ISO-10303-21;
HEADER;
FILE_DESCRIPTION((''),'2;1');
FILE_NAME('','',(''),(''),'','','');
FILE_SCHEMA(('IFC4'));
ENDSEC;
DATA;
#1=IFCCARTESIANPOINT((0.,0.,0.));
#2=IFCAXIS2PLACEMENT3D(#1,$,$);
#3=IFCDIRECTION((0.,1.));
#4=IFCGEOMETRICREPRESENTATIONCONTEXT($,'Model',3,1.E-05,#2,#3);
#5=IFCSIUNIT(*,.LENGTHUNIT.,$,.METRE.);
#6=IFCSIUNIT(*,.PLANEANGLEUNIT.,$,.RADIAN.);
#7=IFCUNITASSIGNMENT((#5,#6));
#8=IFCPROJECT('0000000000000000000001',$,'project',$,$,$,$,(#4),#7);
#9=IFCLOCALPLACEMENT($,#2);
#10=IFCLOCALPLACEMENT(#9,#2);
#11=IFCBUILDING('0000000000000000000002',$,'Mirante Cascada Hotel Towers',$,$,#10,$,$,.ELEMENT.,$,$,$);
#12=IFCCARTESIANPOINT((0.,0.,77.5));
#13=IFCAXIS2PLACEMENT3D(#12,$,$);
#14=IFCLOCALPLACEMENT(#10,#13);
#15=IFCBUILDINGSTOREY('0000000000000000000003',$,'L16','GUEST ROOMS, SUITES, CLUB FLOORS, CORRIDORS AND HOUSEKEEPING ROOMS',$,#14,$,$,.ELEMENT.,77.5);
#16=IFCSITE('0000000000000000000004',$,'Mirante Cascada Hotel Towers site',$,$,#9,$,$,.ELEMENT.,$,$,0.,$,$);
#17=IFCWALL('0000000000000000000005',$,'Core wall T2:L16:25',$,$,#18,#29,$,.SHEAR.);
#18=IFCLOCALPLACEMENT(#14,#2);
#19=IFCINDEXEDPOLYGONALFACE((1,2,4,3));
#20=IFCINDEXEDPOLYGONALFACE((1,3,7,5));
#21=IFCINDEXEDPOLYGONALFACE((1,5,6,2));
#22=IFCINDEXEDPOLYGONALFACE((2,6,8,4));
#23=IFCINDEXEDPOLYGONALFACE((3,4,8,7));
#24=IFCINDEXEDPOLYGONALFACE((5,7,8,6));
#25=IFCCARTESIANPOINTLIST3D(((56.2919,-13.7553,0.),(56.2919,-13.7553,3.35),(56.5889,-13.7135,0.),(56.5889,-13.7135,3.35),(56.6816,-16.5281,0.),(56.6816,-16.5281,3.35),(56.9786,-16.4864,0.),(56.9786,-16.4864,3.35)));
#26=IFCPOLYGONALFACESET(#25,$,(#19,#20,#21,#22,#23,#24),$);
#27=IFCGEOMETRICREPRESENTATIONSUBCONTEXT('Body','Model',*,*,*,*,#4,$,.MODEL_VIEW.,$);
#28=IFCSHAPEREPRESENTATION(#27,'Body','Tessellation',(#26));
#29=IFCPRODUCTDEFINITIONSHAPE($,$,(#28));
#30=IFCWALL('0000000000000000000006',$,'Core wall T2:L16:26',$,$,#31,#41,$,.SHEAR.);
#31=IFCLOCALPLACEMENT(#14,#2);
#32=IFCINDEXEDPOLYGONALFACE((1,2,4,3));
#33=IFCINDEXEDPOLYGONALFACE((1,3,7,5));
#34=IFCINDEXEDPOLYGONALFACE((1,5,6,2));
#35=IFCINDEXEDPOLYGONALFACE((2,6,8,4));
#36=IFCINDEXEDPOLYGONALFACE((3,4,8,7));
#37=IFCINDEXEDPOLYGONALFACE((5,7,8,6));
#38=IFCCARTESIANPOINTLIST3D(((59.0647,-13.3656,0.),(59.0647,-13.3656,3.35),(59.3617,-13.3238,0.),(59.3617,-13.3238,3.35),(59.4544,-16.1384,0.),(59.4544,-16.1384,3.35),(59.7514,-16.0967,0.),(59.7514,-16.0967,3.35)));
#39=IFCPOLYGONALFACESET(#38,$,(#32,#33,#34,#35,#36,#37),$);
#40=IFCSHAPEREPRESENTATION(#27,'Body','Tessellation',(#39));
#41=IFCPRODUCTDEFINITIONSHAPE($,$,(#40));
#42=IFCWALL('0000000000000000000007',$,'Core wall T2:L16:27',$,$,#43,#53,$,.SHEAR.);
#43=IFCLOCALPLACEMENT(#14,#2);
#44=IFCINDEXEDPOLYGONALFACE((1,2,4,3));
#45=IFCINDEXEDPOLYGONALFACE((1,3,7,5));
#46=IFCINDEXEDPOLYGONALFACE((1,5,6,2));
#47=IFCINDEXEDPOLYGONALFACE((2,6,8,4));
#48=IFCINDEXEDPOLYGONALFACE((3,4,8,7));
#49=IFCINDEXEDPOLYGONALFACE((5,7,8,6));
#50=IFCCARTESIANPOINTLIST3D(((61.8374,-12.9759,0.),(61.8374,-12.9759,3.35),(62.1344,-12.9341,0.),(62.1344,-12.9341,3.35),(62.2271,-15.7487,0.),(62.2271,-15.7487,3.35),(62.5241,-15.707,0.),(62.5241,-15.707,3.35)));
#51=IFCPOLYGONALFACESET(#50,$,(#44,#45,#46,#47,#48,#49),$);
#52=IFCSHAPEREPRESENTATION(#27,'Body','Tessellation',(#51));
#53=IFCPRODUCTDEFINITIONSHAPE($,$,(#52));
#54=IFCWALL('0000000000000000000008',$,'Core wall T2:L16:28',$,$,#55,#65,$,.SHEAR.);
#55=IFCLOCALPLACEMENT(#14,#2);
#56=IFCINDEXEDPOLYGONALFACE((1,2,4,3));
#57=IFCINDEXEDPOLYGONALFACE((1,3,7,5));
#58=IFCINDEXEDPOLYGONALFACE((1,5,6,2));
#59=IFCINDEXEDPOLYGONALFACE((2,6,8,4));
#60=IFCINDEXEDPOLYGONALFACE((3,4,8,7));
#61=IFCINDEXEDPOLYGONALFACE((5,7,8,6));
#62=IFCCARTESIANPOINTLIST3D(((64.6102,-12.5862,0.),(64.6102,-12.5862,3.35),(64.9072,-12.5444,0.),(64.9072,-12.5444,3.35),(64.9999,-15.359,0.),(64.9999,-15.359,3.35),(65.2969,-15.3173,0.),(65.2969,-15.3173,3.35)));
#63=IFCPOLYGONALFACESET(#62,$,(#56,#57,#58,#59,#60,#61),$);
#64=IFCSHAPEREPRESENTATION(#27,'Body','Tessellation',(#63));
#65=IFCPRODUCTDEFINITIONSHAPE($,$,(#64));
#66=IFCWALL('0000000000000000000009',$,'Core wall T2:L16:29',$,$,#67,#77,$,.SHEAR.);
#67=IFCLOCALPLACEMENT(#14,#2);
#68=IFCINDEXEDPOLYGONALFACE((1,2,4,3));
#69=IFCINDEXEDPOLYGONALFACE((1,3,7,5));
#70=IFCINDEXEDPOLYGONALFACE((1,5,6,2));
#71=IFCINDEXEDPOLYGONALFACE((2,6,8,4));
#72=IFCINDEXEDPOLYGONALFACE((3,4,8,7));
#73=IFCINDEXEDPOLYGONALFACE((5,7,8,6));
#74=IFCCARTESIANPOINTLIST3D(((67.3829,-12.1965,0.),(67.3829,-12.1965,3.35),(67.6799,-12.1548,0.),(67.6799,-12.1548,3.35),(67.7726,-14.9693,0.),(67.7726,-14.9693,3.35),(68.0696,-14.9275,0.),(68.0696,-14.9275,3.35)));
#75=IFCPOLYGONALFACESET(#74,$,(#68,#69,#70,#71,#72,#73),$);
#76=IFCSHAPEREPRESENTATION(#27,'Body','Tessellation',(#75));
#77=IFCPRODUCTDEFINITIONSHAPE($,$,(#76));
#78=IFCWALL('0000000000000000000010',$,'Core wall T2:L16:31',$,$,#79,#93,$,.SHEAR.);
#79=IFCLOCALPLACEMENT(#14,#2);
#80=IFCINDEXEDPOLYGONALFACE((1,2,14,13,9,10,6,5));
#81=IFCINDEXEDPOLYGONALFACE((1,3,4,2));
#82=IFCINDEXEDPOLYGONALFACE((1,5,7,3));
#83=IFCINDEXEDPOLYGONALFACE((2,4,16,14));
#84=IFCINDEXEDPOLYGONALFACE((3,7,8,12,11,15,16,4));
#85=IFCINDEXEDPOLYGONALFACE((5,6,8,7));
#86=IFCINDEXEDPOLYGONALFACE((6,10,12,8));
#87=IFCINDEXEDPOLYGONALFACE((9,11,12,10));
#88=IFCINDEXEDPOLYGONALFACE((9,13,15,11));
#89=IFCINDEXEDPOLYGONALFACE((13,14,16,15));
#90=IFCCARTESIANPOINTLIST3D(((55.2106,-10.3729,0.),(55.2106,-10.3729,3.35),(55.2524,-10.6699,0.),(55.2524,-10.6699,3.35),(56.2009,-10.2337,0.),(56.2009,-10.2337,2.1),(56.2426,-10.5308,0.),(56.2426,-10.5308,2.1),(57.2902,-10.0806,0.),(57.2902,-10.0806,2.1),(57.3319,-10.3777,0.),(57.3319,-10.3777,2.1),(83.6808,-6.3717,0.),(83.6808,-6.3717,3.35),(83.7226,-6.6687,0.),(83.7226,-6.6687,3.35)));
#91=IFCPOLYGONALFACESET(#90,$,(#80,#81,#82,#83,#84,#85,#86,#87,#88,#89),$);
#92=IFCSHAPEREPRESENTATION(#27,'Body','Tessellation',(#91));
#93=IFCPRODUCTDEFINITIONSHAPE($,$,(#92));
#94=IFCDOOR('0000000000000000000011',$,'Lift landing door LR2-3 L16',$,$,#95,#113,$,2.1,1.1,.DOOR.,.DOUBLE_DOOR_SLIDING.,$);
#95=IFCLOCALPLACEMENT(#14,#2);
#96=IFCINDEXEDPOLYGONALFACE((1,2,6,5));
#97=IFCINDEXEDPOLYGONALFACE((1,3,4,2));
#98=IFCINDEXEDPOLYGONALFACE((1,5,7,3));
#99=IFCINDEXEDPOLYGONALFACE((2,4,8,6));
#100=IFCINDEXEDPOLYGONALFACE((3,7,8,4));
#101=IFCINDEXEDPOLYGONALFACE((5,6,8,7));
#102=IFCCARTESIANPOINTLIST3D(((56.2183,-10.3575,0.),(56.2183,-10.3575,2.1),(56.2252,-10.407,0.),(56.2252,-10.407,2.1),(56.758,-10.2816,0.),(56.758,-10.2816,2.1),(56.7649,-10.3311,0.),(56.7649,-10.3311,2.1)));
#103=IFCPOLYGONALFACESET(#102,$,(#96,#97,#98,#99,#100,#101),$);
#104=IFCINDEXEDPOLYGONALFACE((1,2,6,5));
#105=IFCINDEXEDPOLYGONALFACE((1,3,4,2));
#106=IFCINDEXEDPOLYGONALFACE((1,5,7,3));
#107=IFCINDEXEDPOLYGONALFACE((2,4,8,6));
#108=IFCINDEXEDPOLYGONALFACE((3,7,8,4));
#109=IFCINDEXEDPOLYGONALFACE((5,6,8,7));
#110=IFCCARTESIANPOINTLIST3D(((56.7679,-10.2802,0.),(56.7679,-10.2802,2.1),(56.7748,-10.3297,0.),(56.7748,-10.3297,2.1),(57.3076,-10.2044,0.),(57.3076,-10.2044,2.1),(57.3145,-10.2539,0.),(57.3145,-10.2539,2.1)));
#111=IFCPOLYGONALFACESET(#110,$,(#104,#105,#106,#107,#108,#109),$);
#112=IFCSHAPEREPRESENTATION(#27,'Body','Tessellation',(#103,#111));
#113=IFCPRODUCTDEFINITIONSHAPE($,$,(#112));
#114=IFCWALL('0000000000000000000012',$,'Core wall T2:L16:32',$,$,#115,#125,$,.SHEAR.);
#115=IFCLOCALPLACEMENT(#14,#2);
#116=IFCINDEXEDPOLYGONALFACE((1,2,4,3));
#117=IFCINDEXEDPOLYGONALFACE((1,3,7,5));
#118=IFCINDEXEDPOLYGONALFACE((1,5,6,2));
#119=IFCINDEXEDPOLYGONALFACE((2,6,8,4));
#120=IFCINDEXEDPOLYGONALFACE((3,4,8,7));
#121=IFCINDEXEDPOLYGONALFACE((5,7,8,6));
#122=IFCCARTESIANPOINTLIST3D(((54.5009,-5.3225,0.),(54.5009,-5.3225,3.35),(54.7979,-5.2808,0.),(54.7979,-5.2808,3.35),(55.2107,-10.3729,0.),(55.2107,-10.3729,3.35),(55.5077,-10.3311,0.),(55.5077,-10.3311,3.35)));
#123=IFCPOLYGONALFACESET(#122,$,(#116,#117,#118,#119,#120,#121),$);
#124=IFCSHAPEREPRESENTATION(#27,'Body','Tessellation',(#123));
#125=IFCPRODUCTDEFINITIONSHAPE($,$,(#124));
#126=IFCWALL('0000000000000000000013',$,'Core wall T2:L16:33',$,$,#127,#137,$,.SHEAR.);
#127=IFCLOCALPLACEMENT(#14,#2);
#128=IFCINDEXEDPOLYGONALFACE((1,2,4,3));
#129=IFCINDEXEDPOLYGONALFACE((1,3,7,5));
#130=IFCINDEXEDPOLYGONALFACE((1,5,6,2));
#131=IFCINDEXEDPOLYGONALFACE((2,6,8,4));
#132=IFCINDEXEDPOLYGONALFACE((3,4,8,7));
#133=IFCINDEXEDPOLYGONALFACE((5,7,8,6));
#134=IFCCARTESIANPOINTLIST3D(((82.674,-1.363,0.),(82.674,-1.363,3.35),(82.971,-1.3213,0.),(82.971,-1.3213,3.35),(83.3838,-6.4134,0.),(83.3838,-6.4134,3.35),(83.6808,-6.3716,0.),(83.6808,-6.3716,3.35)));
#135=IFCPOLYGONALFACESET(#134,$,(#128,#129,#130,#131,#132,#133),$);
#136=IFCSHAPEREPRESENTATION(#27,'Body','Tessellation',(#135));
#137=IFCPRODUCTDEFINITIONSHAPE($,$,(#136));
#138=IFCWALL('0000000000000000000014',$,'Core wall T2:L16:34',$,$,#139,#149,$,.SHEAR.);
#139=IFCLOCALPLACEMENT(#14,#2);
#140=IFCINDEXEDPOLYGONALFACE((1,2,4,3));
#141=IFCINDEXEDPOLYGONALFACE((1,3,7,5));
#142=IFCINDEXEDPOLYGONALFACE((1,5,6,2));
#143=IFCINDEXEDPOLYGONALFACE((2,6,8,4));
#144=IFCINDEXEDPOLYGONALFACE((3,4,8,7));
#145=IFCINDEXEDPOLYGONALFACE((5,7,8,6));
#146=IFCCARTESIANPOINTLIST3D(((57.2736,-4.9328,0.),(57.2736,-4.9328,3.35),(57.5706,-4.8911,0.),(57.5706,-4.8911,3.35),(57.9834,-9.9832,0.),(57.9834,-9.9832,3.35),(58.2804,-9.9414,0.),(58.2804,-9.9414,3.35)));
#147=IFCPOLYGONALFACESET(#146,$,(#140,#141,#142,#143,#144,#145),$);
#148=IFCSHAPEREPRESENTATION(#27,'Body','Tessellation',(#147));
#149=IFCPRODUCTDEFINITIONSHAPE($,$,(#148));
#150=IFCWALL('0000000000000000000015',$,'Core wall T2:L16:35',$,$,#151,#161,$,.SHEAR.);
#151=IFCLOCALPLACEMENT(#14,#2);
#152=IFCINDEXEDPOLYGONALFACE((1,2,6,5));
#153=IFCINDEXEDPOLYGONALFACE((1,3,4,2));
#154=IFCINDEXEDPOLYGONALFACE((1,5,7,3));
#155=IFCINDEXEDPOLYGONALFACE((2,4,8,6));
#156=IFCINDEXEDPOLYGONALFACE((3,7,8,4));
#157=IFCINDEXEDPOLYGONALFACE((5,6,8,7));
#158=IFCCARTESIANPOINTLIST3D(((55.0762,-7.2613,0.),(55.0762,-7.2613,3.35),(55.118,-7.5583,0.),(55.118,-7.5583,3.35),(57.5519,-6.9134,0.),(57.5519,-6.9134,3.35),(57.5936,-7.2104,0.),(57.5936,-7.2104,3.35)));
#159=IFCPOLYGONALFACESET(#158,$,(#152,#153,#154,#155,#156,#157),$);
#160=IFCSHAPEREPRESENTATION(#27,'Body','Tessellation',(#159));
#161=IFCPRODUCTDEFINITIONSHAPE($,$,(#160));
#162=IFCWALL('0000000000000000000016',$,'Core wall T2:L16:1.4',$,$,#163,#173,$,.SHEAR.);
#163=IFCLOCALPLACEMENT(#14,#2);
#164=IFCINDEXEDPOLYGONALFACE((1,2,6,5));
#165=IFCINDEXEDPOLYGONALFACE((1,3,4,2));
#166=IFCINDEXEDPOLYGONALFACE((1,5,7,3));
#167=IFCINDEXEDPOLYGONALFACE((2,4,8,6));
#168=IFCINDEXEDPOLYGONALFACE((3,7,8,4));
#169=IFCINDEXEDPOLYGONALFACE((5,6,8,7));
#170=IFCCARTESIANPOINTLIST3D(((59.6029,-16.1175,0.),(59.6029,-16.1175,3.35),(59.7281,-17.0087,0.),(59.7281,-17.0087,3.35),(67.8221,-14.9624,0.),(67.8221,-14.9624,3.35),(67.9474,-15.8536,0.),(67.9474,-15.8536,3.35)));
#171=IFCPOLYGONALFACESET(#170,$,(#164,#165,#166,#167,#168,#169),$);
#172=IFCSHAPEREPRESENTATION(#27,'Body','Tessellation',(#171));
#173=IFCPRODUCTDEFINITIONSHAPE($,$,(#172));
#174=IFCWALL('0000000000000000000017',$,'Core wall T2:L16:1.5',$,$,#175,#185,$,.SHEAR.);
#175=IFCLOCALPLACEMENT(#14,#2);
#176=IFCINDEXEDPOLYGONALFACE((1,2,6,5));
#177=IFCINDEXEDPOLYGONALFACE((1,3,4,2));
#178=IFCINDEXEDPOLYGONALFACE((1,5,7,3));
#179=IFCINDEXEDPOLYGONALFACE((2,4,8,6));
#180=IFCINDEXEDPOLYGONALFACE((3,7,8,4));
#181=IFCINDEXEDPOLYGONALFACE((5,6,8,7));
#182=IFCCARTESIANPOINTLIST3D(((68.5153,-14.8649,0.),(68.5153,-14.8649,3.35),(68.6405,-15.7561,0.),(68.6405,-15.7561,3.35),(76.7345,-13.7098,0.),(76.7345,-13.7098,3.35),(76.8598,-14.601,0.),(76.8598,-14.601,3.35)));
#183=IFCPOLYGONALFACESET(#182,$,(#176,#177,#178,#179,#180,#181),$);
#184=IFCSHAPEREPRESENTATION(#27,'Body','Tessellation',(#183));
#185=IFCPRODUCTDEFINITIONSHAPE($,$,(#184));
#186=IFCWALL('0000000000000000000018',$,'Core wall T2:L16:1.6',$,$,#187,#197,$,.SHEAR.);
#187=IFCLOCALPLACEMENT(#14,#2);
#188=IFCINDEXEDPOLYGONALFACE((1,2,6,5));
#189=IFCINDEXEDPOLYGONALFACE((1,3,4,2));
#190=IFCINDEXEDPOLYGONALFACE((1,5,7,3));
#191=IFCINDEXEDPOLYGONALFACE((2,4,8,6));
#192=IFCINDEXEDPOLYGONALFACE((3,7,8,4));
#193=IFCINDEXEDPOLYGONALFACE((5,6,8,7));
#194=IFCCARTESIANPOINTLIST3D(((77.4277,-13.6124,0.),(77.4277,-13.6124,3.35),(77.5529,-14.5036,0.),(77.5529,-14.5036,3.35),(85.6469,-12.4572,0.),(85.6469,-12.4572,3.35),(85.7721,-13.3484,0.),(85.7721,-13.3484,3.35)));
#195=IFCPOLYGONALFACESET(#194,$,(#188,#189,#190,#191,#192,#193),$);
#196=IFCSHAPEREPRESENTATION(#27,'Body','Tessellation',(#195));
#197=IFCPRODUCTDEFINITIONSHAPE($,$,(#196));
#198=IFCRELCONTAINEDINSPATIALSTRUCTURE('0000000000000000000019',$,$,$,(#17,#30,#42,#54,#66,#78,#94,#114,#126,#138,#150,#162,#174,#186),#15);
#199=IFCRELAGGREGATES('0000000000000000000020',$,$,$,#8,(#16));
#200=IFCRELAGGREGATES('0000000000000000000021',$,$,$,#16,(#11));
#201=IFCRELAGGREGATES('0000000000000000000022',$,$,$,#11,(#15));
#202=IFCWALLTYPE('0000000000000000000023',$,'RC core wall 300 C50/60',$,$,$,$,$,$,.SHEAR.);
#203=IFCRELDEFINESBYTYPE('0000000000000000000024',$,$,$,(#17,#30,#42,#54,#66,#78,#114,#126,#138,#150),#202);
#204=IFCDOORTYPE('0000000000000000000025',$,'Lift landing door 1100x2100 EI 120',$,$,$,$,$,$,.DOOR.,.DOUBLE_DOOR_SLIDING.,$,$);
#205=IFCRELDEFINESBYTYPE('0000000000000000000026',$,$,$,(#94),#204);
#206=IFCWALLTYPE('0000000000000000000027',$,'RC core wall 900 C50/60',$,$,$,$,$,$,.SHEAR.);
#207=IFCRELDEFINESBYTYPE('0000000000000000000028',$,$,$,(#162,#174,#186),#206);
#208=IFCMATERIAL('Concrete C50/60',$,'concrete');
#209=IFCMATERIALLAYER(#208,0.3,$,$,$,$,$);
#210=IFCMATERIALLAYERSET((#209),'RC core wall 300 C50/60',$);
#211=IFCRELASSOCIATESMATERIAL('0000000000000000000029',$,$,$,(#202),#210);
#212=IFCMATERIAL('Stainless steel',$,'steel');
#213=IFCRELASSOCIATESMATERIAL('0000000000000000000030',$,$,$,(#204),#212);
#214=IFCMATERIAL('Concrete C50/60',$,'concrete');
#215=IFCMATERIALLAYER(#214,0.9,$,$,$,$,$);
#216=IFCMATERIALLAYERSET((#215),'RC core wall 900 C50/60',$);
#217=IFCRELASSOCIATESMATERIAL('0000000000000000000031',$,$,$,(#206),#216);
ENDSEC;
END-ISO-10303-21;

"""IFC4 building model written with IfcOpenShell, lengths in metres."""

from ifc_helpers import new_model, si_unit, direction, frame, frame_2d, origin, place, context, subcontext, project, spatial, rectangle, extrude, material, layer, layer_set, type_object, element, fill, save


model = new_model("IFC4")

# Units and contexts
model_context = context("Model", 3, precision=1e-05, world=origin(), true_north=direction((0.0, 1.0)))
body_context = subcontext(model_context, "Body", "Model", "MODEL_VIEW")
ifc_project = project(units=[si_unit("LENGTHUNIT", "METRE"), si_unit("PLANEANGLEUNIT", "RADIAN")], contexts=[model_context])

# Site, building, storey
site_placement = place(None, origin())
site = spatial("IfcSite", under=ifc_project, at=site_placement, Name="Mirante Cascada Hotel Towers site", CompositionType="ELEMENT", RefElevation=0.0)
building_placement = place(site_placement, origin())
building = spatial("IfcBuilding", under=site, at=building_placement, Name="Mirante Cascada Hotel Towers", CompositionType="ELEMENT")
storey_placement = place(building_placement, frame((0.0, 0.0, 77.5)))
storey = spatial("IfcBuildingStorey", under=building, at=storey_placement, Name="L16", Description="GUEST ROOMS, SUITES, CLUB FLOORS, CORRIDORS AND HOUSEKEEPING ROOMS", CompositionType="ELEMENT", Elevation=77.5)

# Shared definitions
ifc_material_1 = material(Name="Concrete C50/60", Category="concrete")
ifc_layer_1 = layer(ifc_material_1, 0.3)
ifc_layer_set_1 = layer_set([ifc_layer_1], Name="RC core wall 300 C50/60")
wall_type_1 = type_object("IfcWallType", Name="RC core wall 300 C50/60", PredefinedType="SHEAR", material=ifc_layer_set_1)

# Walls
for number, where, z_axis, x_axis, name in (
    (1, (56.8301, -16.5072, 0.0), (0.0, 0.0, 1.0), (-0.139176, 0.990268, 0.0), "Core wall T2:L16:25"),
    (2, (59.6029, -16.1175, 0.0), (0.0, 0.0, 1.0), (-0.139176, 0.990268, 0.0), "Core wall T2:L16:26"),
    (3, (62.3756, -15.7278, 0.0), (0.0, 0.0, 1.0), (-0.139176, 0.990268, 0.0), "Core wall T2:L16:27"),
    (4, (65.1484, -15.3381, 0.0), (0.0, 0.0, 1.0), (-0.139176, 0.990268, 0.0), "Core wall T2:L16:28"),
):
    element("IfcWall", number, at=place(storey_placement, frame(where, z_axis=z_axis, x_axis=x_axis)), inside=storey, type_object=wall_type_1, Name=name, PredefinedType="SHEAR", context=body_context, shape_type="SweptSolid", body=[
        extrude(rectangle(XDim=2.8001, YDim=0.3, at=frame_2d((1.4, 0.0))), origin(), (0.0, 0.0, 1.0), 3.35),
    ])
wall_1_placement = place(storey_placement, frame((67.9211, -14.9484, 0.0), z_axis=(0.0, 0.0, 1.0), x_axis=(-0.139181, 0.990267, 0.0)))
element("IfcWall", 5, at=wall_1_placement, inside=storey, type_object=wall_type_1, Name="Core wall T2:L16:29", PredefinedType="SHEAR", context=body_context, shape_type="SweptSolid", body=[
    extrude(rectangle(XDim=2.8, YDim=0.3, at=frame_2d((1.4, 0.0))), origin(), (0.0, 0.0, 1.0), 3.35),
])

# Wall, opening, door
wall_2_placement = place(storey_placement, frame((55.2315, -10.5214, 0.0), z_axis=(0.0, 0.0, 1.0), x_axis=(0.990268, 0.139172, 0.0)))
wall_2 = element("IfcWall", 6, at=wall_2_placement, inside=storey, type_object=wall_type_1, Name="Core wall T2:L16:31", PredefinedType="SHEAR", context=body_context, shape_type="SweptSolid", body=[
    extrude(rectangle(XDim=28.75, YDim=0.3, at=frame_2d((14.375, 0.0))), origin(), (0.0, 0.0, 1.0), 3.35),
])
opening_1_placement = place(wall_2_placement, frame((1.0, 0.0, 0.0)))
opening_1 = element("IfcOpeningElement", 7, at=opening_1_placement, cuts=wall_2, PredefinedType="OPENING", context=body_context, shape_type="SweptSolid", body=[
    extrude(rectangle(XDim=1.1, YDim=2.1, at=frame_2d((0.55, 1.05))), frame((0.0, 0.15, 0.0), z_axis=(0.0, -1.0, 0.0), x_axis=(1.0, 0.0, 0.0)), (0.0, 0.0, 1.0), 0.3),
])
ifc_material_2 = material(Name="Stainless steel", Category="steel")
door_type_1 = type_object("IfcDoorType", Name="Lift landing door 1100x2100 EI 120", OperationType="DOUBLE_DOOR_SLIDING", PredefinedType="DOOR", material=ifc_material_2)
door_1_placement = place(opening_1_placement, origin())
door_1 = element("IfcDoor", 8, at=door_1_placement, inside=storey, type_object=door_type_1, Name="Lift landing door LR2-3 L16", OperationType="DOUBLE_DOOR_SLIDING", OverallHeight=2.1, OverallWidth=1.1, PredefinedType="DOOR", context=body_context, shape_type="SweptSolid", body=[
    extrude(rectangle(XDim=0.545, YDim=2.1, at=frame_2d((0.2725, 1.05))), frame((0.0, 0.025, 0.0), z_axis=(0.0, -1.0, 0.0), x_axis=(1.0, 0.0, 0.0)), (0.0, 0.0, 1.0), 0.05),
    extrude(rectangle(XDim=0.545, YDim=2.1, at=frame_2d((0.8275, 1.05))), frame((0.0, 0.025, 0.0), z_axis=(0.0, -1.0, 0.0), x_axis=(1.0, 0.0, 0.0)), (0.0, 0.0, 1.0), 0.05),
])
fill(opening_1, door_1)

# Walls
for number, where, z_axis, x_axis, name in (
    (9, (55.3592, -10.352, 0.0), (0.0, 0.0, 1.0), (-0.139176, 0.990268, 0.0), "Core wall T2:L16:32"),
    (10, (83.5323, -6.3925, 0.0), (0.0, 0.0, 1.0), (-0.139176, 0.990268, 0.0), "Core wall T2:L16:33"),
    (11, (58.1319, -9.9623, 0.0), (0.0, 0.0, 1.0), (-0.139176, 0.990268, 0.0), "Core wall T2:L16:34"),
):
    element("IfcWall", number, at=place(storey_placement, frame(where, z_axis=z_axis, x_axis=x_axis)), inside=storey, type_object=wall_type_1, Name=name, PredefinedType="SHEAR", context=body_context, shape_type="SweptSolid", body=[
        extrude(rectangle(XDim=5.1, YDim=0.3, at=frame_2d((2.55, 0.0))), origin(), (0.0, 0.0, 1.0), 3.35),
    ])
wall_3_placement = place(storey_placement, frame((55.0971, -7.4098, 0.0), z_axis=(0.0, 0.0, 1.0), x_axis=(0.99027, 0.139159, 0.0)))
element("IfcWall", 12, at=wall_3_placement, inside=storey, type_object=wall_type_1, Name="Core wall T2:L16:35", PredefinedType="SHEAR", context=body_context, shape_type="SweptSolid", body=[
    extrude(rectangle(XDim=2.5, YDim=0.3, at=frame_2d((1.25, 0.0))), origin(), (0.0, 0.0, 1.0), 3.35),
])
ifc_material_3 = material(Name="Concrete C50/60", Category="concrete")
ifc_layer_2 = layer(ifc_material_3, 0.9)
ifc_layer_set_2 = layer_set([ifc_layer_2], Name="RC core wall 900 C50/60")
wall_type_2 = type_object("IfcWallType", Name="RC core wall 900 C50/60", PredefinedType="SHEAR", material=ifc_layer_set_2)
for number, where, z_axis, x_axis, name in (
    (13, (59.6655, -16.5631, 0.0), (0.0, 0.0, 1.0), (0.990269, 0.139169, 0.0), "Core wall T2:L16:1.4"),
    (14, (68.5779, -15.3105, 0.0), (0.0, 0.0, 1.0), (0.990269, 0.139169, 0.0), "Core wall T2:L16:1.5"),
    (15, (77.4903, -14.058, 0.0), (0.0, 0.0, 1.0), (0.990267, 0.139181, 0.0), "Core wall T2:L16:1.6"),
):
    element("IfcWall", number, at=place(storey_placement, frame(where, z_axis=z_axis, x_axis=x_axis)), inside=storey, type_object=wall_type_2, Name=name, PredefinedType="SHEAR", context=body_context, shape_type="SweptSolid", body=[
        extrude(rectangle(XDim=8.3, YDim=0.9, at=frame_2d((4.15, 0.0))), origin(), (0.0, 0.0, 1.0), 3.35),
    ])

save(model, "model.ifc")
